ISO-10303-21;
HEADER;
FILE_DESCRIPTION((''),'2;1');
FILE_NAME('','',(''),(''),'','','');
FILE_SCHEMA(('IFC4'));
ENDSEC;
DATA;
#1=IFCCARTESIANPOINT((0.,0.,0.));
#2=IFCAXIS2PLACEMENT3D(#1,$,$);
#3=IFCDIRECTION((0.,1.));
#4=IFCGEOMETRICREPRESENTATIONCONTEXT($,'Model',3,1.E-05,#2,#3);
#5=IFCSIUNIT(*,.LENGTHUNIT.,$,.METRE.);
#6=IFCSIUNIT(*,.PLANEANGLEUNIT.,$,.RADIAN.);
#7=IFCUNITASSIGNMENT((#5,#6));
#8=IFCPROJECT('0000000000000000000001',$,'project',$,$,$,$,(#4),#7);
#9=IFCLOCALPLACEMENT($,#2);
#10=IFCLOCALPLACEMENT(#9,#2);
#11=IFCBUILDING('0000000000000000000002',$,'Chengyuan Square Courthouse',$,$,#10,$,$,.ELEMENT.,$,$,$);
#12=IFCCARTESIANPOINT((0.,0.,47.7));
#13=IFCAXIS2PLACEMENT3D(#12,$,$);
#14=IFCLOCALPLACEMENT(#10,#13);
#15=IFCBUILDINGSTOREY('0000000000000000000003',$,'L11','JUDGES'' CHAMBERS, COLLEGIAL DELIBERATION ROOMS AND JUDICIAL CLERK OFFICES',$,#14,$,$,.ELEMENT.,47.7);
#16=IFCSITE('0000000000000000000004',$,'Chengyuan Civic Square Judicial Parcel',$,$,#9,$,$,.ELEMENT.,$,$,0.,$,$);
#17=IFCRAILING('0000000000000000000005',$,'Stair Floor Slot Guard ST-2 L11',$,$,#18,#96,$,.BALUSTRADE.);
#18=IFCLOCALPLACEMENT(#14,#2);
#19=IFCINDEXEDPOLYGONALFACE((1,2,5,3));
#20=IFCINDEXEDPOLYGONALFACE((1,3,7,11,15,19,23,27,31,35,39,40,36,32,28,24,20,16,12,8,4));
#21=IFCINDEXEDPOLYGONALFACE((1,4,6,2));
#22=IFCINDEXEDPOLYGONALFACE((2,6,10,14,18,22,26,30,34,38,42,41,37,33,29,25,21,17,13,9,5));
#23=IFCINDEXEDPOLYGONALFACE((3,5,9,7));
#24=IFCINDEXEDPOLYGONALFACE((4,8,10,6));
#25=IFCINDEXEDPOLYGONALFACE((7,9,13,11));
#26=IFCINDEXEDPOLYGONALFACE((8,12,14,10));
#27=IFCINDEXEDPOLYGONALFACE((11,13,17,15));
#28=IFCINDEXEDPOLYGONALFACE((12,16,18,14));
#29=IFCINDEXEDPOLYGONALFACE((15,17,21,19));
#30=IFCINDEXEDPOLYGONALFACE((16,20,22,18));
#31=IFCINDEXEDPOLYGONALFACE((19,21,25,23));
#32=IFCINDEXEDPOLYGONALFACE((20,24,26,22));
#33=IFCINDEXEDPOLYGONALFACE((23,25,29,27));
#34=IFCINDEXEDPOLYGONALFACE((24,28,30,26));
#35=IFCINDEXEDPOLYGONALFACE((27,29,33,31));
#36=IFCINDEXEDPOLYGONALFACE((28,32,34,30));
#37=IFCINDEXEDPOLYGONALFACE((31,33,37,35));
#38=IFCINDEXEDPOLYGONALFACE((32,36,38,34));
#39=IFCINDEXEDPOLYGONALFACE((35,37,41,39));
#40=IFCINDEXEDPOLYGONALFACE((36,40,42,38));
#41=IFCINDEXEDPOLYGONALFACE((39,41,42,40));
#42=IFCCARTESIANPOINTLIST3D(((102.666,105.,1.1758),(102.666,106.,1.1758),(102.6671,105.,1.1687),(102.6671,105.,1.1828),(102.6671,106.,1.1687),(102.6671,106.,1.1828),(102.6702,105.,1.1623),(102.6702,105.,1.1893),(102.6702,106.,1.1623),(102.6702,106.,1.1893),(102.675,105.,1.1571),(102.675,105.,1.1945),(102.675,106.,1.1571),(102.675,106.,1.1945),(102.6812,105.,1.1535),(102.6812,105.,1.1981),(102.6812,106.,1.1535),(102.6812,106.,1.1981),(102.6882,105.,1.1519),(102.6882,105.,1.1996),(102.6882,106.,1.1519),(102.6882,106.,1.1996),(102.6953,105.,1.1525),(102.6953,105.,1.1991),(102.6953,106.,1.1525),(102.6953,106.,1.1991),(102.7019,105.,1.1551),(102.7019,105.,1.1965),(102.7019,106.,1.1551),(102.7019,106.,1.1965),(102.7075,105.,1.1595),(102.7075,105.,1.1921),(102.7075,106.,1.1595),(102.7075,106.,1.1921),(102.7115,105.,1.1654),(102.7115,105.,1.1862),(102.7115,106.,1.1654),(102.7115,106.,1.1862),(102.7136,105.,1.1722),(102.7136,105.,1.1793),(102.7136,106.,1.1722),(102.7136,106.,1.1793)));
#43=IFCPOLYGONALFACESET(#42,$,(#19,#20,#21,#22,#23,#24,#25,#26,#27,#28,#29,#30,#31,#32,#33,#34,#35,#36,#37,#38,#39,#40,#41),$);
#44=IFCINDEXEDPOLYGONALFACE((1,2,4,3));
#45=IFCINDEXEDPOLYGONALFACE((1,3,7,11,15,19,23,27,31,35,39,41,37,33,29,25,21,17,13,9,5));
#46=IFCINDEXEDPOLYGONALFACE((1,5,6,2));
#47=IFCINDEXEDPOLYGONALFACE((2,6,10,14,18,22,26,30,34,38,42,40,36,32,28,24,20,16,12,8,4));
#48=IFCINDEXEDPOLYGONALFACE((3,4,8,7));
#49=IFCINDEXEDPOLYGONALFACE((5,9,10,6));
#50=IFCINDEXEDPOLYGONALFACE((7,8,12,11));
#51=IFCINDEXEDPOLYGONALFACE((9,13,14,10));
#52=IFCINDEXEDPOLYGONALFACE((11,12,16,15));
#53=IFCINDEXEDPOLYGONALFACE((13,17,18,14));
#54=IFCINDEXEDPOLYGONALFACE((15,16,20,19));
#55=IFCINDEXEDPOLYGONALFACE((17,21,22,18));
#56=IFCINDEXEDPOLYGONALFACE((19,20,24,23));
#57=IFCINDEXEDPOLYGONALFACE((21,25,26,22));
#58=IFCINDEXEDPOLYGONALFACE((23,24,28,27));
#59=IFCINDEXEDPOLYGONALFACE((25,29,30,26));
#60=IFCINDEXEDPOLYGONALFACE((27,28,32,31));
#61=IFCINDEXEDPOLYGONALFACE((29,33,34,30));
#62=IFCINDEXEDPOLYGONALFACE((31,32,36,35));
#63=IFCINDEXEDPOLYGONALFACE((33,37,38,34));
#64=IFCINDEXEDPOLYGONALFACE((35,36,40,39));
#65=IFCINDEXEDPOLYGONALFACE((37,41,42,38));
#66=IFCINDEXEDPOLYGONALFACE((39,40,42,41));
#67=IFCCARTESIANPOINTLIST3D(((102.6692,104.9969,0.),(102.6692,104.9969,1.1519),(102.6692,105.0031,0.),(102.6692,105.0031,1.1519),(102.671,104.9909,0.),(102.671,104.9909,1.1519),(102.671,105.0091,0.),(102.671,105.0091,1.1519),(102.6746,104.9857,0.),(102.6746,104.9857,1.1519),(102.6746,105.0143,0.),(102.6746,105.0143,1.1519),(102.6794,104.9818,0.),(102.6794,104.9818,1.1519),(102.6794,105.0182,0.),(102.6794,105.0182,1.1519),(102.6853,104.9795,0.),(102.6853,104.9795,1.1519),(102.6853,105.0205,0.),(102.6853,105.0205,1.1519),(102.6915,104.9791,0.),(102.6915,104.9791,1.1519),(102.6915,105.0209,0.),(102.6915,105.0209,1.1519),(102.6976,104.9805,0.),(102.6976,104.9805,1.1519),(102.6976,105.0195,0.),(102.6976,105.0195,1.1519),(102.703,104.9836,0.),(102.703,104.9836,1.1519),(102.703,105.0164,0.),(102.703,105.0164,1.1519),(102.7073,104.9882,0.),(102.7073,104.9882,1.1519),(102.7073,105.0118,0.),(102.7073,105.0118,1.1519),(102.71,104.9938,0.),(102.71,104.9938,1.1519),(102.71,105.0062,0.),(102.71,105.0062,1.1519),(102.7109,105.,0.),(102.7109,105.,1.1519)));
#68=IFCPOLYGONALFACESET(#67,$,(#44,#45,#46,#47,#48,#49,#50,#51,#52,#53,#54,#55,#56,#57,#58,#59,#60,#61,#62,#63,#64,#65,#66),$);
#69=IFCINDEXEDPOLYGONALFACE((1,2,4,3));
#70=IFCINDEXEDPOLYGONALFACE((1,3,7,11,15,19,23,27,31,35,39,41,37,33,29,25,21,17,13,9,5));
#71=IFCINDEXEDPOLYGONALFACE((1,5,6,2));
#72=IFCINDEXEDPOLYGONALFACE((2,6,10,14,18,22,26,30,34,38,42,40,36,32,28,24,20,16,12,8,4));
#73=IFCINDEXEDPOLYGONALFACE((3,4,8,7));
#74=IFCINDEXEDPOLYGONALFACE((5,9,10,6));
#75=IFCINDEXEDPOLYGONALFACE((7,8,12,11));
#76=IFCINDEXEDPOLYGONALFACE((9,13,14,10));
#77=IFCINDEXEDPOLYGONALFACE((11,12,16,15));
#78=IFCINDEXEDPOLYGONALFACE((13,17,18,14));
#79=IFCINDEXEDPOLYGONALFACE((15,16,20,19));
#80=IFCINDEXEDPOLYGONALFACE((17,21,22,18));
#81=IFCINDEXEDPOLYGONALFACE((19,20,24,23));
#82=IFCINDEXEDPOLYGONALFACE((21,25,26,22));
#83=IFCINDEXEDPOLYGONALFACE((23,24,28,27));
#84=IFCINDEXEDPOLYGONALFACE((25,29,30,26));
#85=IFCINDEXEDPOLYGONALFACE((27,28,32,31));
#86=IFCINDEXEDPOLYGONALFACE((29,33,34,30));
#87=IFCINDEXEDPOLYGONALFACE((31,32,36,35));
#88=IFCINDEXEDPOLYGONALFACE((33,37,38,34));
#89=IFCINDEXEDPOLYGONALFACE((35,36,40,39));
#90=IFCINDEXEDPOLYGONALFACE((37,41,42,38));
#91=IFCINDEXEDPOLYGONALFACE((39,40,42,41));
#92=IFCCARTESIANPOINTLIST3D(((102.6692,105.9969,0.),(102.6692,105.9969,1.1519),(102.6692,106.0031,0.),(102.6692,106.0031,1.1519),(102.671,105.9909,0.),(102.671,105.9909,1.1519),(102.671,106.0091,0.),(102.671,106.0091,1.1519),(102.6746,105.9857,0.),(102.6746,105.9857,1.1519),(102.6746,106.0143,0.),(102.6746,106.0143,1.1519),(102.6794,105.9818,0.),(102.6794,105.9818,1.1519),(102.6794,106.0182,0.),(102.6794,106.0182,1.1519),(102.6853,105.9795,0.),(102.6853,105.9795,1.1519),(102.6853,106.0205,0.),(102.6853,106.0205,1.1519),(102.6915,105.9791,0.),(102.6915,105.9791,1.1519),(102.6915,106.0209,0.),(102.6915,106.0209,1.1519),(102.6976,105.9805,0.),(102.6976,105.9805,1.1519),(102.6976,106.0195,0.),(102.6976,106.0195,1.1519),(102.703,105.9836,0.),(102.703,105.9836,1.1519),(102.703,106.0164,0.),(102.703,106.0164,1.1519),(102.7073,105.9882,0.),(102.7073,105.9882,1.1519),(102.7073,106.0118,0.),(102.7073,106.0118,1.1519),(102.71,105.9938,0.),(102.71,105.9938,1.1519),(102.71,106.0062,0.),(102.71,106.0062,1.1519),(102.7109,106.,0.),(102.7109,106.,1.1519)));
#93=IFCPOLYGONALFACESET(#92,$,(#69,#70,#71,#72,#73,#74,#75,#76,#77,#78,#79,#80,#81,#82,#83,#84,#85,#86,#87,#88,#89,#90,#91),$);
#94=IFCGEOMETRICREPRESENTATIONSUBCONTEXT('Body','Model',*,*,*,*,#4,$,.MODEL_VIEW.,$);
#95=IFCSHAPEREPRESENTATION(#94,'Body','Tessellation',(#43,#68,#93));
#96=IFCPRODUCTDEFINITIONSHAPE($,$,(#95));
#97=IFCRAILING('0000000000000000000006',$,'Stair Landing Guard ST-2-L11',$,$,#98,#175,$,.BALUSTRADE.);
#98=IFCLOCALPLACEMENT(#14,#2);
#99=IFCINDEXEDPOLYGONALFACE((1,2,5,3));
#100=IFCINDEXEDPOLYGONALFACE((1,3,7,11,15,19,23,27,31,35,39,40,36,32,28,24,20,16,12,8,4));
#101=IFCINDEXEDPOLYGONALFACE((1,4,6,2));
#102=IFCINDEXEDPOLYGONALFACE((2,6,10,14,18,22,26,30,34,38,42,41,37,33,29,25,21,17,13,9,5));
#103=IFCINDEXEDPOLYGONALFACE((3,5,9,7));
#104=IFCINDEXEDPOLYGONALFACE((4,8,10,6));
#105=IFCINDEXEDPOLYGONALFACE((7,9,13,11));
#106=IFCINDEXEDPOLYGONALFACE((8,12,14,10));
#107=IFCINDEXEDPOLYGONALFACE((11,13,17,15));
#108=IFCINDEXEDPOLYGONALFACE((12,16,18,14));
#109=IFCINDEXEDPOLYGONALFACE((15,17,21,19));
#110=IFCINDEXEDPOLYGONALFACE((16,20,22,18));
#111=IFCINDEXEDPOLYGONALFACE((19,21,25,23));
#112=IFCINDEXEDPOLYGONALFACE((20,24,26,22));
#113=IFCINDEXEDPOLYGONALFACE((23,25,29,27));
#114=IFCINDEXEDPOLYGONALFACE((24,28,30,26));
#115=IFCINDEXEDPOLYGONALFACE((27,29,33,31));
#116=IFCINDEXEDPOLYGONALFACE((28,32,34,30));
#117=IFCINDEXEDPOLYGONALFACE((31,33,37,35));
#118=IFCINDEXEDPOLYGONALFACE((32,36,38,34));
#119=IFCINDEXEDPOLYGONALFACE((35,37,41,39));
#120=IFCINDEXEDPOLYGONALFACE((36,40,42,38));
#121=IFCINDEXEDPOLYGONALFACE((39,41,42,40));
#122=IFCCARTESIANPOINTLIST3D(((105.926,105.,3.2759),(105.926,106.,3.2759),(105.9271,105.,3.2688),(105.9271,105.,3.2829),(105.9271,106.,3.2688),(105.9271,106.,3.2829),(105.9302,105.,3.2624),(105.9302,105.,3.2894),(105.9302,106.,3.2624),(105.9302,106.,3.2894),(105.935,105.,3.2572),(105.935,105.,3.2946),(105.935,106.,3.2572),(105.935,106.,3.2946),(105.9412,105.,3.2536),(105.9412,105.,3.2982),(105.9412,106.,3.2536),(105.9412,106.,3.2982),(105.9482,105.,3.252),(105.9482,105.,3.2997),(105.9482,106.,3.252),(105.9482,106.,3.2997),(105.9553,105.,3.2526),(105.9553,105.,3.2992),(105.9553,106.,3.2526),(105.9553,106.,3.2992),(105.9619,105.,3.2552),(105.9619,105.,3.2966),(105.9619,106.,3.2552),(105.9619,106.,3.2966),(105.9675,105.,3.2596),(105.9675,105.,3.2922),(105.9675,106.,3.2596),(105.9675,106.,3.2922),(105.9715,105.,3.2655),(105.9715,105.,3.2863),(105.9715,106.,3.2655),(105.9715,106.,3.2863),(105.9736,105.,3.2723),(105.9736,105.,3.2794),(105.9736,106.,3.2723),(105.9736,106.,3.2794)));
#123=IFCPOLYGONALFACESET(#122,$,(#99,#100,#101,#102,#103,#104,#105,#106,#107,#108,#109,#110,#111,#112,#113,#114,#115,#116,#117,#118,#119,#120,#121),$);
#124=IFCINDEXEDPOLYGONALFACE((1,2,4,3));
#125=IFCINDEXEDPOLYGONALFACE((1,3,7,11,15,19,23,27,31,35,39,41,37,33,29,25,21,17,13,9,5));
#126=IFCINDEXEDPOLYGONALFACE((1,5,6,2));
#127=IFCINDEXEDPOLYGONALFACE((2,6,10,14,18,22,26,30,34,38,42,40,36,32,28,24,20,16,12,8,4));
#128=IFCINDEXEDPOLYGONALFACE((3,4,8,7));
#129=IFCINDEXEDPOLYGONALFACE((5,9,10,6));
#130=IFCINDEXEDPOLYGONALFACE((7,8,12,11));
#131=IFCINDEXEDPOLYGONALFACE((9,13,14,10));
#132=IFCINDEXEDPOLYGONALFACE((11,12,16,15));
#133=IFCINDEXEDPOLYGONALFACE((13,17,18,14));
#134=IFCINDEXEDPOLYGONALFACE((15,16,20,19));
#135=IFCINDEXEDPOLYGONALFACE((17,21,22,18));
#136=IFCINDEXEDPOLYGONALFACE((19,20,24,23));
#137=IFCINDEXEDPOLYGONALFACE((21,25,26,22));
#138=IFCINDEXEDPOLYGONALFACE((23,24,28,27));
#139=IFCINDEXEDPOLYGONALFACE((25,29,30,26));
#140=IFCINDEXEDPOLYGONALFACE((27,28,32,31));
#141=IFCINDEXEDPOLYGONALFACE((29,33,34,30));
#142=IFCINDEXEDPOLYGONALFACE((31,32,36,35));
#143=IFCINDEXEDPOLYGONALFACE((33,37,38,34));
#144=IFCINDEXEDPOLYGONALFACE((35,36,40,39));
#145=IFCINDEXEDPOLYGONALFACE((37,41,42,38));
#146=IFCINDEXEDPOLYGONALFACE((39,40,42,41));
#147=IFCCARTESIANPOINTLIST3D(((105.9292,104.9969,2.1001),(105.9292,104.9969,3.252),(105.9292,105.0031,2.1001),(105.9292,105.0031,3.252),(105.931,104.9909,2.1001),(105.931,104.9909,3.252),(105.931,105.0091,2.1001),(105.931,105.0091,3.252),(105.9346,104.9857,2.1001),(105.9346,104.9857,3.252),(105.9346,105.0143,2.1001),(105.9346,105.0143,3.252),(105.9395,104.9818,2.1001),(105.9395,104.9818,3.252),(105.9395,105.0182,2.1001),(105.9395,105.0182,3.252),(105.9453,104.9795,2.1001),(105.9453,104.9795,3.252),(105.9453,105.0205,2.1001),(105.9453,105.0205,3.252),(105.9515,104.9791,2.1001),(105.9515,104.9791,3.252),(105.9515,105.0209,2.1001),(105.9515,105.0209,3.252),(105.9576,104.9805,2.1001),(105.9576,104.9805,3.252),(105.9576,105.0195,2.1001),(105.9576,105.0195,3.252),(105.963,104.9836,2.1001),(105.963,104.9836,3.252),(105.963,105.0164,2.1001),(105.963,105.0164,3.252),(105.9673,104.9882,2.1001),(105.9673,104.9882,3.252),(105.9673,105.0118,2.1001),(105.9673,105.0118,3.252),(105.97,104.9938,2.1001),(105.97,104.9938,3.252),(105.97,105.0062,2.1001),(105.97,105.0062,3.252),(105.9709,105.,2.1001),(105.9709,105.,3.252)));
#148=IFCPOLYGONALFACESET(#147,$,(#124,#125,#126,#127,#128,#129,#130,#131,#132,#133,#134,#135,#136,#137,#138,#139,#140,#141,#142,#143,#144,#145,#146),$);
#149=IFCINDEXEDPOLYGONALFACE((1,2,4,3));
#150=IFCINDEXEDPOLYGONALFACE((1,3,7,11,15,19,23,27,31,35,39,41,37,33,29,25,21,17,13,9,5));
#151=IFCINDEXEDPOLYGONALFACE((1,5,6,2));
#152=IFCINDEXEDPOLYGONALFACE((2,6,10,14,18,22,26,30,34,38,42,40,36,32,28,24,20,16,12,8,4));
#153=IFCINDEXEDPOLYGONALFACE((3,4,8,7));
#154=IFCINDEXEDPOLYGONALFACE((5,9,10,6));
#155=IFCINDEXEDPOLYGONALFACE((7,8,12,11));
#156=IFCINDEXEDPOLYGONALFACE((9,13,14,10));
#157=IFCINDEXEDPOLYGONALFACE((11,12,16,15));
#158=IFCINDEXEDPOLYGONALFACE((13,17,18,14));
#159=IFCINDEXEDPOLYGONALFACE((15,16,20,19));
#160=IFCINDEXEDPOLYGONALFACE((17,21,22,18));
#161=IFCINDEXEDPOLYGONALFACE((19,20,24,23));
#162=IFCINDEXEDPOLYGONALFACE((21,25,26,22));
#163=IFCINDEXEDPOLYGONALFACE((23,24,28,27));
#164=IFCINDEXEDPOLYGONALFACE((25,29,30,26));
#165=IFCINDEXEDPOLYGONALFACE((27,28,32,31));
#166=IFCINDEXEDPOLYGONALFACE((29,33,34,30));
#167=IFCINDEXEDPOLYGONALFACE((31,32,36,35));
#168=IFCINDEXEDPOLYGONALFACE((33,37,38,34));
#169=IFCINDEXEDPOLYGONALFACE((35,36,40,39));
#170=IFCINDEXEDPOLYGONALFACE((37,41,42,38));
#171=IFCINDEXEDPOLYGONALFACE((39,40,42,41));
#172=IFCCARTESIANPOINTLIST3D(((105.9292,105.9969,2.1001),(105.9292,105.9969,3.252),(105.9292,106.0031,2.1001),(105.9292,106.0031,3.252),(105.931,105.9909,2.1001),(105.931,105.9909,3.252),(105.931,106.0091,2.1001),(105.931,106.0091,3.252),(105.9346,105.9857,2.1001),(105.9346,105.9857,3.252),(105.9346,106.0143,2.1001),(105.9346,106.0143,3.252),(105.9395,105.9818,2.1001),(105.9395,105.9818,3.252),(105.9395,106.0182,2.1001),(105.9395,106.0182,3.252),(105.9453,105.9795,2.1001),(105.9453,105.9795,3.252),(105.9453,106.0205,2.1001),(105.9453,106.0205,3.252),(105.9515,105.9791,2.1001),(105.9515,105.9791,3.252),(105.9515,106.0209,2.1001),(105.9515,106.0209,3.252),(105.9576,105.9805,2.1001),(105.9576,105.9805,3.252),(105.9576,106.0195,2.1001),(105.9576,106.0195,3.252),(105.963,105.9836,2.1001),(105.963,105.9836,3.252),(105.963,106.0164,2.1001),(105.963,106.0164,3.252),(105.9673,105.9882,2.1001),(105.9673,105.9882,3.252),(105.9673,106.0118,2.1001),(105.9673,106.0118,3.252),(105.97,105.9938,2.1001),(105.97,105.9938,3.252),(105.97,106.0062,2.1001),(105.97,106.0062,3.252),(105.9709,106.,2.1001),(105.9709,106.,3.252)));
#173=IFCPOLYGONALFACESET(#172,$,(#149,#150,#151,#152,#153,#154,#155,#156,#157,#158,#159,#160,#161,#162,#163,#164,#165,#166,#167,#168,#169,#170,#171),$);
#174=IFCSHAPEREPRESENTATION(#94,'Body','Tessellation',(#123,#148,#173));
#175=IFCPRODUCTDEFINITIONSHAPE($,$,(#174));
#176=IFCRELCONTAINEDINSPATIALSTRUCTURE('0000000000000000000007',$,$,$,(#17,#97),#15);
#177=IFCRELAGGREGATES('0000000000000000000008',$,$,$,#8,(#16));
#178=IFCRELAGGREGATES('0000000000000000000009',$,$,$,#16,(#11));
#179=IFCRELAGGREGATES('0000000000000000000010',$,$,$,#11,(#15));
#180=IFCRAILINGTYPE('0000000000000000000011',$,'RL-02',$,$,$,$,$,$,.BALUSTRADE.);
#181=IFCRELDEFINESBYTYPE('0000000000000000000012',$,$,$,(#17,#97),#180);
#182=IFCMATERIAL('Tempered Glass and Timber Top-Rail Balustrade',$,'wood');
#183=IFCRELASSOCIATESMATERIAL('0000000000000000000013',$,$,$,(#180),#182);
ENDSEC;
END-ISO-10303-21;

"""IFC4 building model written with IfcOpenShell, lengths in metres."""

from ifc_helpers import new_model, si_unit, direction, frame, origin, origin_2d, place, context, subcontext, project, spatial, circle, extrude, material, type_object, element, save


model = new_model("IFC4")

# Units and contexts
model_context = context("Model", 3, precision=1e-05, world=origin(), true_north=direction((0.0, 1.0)))
body_context = subcontext(model_context, "Body", "Model", "MODEL_VIEW")
ifc_project = project(units=[si_unit("LENGTHUNIT", "METRE"), si_unit("PLANEANGLEUNIT", "RADIAN")], contexts=[model_context])

# Site, building, storey
site_placement = place(None, origin())
site = spatial("IfcSite", under=ifc_project, at=site_placement, Name="Chengyuan Civic Square Judicial Parcel", CompositionType="ELEMENT", RefElevation=0.0)
building_placement = place(site_placement, origin())
building = spatial("IfcBuilding", under=site, at=building_placement, Name="Chengyuan Square Courthouse", CompositionType="ELEMENT")
storey_placement = place(building_placement, frame((0.0, 0.0, 47.7)))
storey = spatial("IfcBuildingStorey", under=building, at=storey_placement, Name="L11", Description="JUDGES' CHAMBERS, COLLEGIAL DELIBERATION ROOMS AND JUDICIAL CLERK OFFICES", CompositionType="ELEMENT", Elevation=47.7)

# Railings
ifc_material_1 = material(Name="Tempered Glass and Timber Top-Rail Balustrade", Category="wood")
railing_type_1 = type_object("IfcRailingType", Name="RL-02", PredefinedType="BALUSTRADE", material=ifc_material_1)
for number, where, name in (
    (1, (102.6899, 105.0, 0.0), "Stair Floor Slot Guard ST-2 L11"),
    (2, (105.95, 105.0, 2.1001), "Stair Landing Guard ST-2-L11"),
):
    element("IfcRailing", number, at=place(storey_placement, frame(where)), inside=storey, type_object=railing_type_1, Name=name, PredefinedType="BALUSTRADE", context=body_context, shape_type="SweptSolid", body=[
        extrude(circle(Radius=0.0239, at=origin_2d()), frame((0.0, 0.0, 1.1758), z_axis=(0.0, 1.0, 0.0), x_axis=(-1.0, 0.0, 0.0)), (0.0, 0.0, 1.0), 1.0),
        extrude(circle(Radius=0.021, at=origin_2d()), origin(), (0.0, 0.0, 1.0), 1.1519),
        extrude(circle(Radius=0.021, at=origin_2d()), frame((0.0, 1.0, 0.0)), (0.0, 0.0, 1.0), 1.1519),
    ])

save(model, "model.ifc")
